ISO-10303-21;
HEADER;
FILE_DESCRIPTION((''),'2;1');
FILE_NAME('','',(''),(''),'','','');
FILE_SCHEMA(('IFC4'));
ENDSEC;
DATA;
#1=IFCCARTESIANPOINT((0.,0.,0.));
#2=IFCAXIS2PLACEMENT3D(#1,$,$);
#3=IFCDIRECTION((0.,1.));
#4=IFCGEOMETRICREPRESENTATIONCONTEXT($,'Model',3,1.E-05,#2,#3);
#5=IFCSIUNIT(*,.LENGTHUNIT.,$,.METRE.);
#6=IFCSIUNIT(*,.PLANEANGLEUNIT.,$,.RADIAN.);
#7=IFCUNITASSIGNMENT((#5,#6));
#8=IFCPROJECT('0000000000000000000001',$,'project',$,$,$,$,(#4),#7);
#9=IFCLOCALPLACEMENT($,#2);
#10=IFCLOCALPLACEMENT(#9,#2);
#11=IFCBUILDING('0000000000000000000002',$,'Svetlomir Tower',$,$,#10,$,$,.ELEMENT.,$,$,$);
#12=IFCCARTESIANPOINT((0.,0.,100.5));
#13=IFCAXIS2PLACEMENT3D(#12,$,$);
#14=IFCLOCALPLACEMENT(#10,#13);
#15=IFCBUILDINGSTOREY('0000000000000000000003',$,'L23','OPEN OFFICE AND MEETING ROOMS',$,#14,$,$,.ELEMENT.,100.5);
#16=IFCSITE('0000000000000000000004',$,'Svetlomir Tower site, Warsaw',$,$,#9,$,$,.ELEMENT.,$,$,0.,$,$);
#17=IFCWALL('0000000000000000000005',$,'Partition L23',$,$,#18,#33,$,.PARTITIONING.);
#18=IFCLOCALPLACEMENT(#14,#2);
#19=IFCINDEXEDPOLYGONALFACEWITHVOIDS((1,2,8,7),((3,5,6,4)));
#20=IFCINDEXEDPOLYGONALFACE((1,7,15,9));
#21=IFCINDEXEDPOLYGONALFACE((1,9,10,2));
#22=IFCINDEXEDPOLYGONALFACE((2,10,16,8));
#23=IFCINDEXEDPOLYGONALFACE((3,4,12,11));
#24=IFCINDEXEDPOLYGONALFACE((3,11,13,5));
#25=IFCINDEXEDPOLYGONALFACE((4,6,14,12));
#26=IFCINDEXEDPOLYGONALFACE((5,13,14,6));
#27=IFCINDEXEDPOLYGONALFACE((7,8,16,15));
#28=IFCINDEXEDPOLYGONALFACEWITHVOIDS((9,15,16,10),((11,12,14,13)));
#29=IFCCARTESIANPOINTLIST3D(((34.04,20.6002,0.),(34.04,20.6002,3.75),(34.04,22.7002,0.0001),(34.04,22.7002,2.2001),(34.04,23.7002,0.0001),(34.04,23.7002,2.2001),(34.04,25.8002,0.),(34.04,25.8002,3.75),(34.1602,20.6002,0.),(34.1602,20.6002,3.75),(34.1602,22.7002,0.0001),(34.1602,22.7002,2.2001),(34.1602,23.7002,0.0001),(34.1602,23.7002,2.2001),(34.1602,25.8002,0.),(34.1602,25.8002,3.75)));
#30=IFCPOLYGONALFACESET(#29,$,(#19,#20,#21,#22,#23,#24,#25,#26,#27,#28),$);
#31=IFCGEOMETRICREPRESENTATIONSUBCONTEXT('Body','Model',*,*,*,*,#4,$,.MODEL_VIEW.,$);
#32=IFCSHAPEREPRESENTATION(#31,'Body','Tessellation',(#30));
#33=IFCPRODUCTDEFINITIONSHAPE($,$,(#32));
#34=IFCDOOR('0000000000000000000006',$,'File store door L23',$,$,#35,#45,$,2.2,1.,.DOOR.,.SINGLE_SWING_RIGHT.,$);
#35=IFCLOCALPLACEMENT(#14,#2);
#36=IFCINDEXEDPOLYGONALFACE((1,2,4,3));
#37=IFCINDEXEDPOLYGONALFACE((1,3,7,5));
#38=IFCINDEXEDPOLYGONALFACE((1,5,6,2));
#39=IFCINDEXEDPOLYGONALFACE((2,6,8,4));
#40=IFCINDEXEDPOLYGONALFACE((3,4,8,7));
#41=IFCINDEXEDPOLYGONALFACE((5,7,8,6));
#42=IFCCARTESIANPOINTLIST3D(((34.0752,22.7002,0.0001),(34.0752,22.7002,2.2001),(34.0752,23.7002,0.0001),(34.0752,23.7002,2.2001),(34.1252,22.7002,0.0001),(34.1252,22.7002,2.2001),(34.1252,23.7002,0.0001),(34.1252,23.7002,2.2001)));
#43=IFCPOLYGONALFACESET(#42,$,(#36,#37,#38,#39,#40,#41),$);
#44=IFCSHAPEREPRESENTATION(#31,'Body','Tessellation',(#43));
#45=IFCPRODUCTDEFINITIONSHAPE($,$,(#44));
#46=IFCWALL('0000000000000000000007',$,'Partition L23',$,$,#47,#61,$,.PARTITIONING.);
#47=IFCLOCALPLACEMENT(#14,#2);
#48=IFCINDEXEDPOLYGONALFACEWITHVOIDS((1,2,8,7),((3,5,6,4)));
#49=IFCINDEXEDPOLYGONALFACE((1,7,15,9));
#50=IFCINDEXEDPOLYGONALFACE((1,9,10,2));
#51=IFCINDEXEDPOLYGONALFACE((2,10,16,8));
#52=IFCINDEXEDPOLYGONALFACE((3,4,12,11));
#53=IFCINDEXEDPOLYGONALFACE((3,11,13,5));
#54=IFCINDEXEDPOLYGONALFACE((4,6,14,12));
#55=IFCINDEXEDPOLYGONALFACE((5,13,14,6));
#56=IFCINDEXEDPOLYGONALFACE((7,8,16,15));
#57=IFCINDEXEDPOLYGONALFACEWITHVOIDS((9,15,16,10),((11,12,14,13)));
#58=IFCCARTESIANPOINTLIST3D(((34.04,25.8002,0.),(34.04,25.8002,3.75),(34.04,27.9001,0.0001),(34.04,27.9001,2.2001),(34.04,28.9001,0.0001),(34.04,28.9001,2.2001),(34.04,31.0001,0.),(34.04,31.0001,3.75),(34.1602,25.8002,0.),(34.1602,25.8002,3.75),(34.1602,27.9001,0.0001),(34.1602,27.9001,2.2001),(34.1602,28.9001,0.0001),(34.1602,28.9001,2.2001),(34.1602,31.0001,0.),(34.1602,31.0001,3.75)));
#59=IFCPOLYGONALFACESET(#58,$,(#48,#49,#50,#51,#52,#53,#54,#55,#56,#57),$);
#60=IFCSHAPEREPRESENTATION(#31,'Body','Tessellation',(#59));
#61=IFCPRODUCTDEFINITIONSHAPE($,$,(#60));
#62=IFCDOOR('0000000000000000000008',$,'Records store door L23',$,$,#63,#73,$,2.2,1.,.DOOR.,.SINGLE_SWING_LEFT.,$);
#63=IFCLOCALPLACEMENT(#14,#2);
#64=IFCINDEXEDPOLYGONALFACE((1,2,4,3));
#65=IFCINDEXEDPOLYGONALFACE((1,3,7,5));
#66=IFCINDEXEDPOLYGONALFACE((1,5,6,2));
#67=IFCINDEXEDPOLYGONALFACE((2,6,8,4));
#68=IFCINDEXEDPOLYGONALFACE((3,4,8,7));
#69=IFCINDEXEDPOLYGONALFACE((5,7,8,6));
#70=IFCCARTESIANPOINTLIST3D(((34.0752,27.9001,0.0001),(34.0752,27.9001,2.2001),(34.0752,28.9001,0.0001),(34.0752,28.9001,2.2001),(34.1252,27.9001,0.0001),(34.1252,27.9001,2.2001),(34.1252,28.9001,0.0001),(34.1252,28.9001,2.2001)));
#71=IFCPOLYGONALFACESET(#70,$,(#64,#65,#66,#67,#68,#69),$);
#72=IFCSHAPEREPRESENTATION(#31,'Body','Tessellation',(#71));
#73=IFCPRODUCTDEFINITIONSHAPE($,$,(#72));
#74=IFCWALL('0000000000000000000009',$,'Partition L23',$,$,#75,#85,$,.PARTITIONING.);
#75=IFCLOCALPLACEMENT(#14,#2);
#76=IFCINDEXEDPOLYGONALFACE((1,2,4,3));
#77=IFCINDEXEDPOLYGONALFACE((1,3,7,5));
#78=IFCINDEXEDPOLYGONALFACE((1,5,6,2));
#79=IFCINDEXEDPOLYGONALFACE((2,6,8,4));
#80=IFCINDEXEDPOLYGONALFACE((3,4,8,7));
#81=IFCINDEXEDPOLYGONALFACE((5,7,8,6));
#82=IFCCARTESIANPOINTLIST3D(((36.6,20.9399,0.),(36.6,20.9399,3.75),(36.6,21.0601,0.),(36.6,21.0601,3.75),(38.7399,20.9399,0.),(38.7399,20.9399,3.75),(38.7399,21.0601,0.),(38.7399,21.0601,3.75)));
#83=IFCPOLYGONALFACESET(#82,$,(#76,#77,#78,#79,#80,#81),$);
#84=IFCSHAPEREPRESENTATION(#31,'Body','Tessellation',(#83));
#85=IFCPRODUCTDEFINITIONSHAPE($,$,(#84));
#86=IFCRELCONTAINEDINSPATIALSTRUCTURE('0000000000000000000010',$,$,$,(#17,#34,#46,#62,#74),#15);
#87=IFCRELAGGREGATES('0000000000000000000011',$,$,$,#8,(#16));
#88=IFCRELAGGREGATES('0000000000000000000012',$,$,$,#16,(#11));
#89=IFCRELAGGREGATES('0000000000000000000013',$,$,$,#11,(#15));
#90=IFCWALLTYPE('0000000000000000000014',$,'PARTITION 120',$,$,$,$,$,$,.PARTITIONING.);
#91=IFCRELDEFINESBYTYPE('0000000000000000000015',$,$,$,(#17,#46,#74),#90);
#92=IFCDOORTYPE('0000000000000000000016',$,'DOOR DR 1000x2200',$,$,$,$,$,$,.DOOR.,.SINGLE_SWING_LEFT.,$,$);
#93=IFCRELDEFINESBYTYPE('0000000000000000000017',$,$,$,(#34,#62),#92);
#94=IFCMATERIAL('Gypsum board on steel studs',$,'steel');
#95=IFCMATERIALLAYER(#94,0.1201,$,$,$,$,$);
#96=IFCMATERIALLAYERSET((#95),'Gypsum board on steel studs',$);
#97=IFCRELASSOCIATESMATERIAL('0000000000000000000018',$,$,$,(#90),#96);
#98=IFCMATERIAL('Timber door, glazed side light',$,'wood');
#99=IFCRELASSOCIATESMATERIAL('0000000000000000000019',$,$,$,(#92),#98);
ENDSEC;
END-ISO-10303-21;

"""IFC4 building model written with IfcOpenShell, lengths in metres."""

from ifc_helpers import new_model, si_unit, direction, frame, frame_2d, origin, place, context, subcontext, project, spatial, rectangle, extrude, material, layer, layer_set, type_object, element, fill, save


model = new_model("IFC4")

# Units and contexts
model_context = context("Model", 3, precision=1e-05, world=origin(), true_north=direction((0.0, 1.0)))
body_context = subcontext(model_context, "Body", "Model", "MODEL_VIEW")
ifc_project = project(units=[si_unit("LENGTHUNIT", "METRE"), si_unit("PLANEANGLEUNIT", "RADIAN")], contexts=[model_context])

# Site, building, storey
site_placement = place(None, origin())
site = spatial("IfcSite", under=ifc_project, at=site_placement, Name="Svetlomir Tower site, Warsaw", CompositionType="ELEMENT", RefElevation=0.0)
building_placement = place(site_placement, origin())
building = spatial("IfcBuilding", under=site, at=building_placement, Name="Svetlomir Tower", CompositionType="ELEMENT")
storey_placement = place(building_placement, frame((0.0, 0.0, 100.5)))
storey = spatial("IfcBuildingStorey", under=building, at=storey_placement, Name="L23", Description="OPEN OFFICE AND MEETING ROOMS", CompositionType="ELEMENT", Elevation=100.5)

# Shared definitions
ifc_material_1 = material(Name="Gypsum board on steel studs", Category="steel")
ifc_layer_1 = layer(ifc_material_1, 0.1201)
ifc_layer_set_1 = layer_set([ifc_layer_1], Name="Gypsum board on steel studs")
wall_type_1 = type_object("IfcWallType", Name="PARTITION 120", PredefinedType="PARTITIONING", material=ifc_layer_set_1)

# Walls, openings, doors
wall_1_placement = place(storey_placement, frame((34.1001, 20.6001, 0.0), z_axis=(0.0, 0.0, 1.0), x_axis=(0.0, 1.0, 0.0)))
wall_1 = element("IfcWall", 1, at=wall_1_placement, inside=storey, type_object=wall_type_1, Name="Partition L23", PredefinedType="PARTITIONING", context=body_context, shape_type="SweptSolid", body=[
    extrude(rectangle(XDim=5.2, YDim=0.1201, at=frame_2d((2.6001, 0.0))), origin(), (0.0, 0.0, 1.0), 3.75),
])
opening_1_placement = place(wall_1_placement, frame((2.1001, 0.0, 0.0)))
opening_1 = element("IfcOpeningElement", 2, at=opening_1_placement, cuts=wall_1, PredefinedType="OPENING", context=body_context, shape_type="SweptSolid", body=[
    extrude(rectangle(XDim=1.0, YDim=2.2, at=frame_2d((0.5, 1.1001))), frame((0.0, 0.0701, 0.0), z_axis=(0.0, -1.0, 0.0), x_axis=(1.0, 0.0, 0.0)), (0.0, 0.0, 1.0), 0.1401),
])
ifc_material_2 = material(Name="Timber door, glazed side light", Category="wood")
door_type_1 = type_object("IfcDoorType", Name="DOOR DR 1000x2200", OperationType="SINGLE_SWING_LEFT", PredefinedType="DOOR", material=ifc_material_2)
door_1_placement = place(opening_1_placement, origin())
door_1 = element("IfcDoor", 3, at=door_1_placement, inside=storey, type_object=door_type_1, Name="File store door L23", OperationType="SINGLE_SWING_RIGHT", OverallHeight=2.2, OverallWidth=1.0, PredefinedType="DOOR", context=body_context, shape_type="SweptSolid", body=[
    extrude(rectangle(XDim=1.0, YDim=2.2, at=frame_2d((0.5, 1.1001))), frame((0.0, 0.0249, 0.0), z_axis=(0.0, -1.0, 0.0), x_axis=(1.0, 0.0, 0.0)), (0.0, 0.0, 1.0), 0.05),
])
fill(opening_1, door_1)
wall_2_placement = place(storey_placement, frame((34.1001, 25.8, 0.0), z_axis=(0.0, 0.0, 1.0), x_axis=(0.0, 1.0, 0.0)))
wall_2 = element("IfcWall", 4, at=wall_2_placement, inside=storey, type_object=wall_type_1, Name="Partition L23", PredefinedType="PARTITIONING", context=body_context, shape_type="SweptSolid", body=[
    extrude(rectangle(XDim=5.2, YDim=0.1201, at=frame_2d((2.6001, 0.0))), origin(), (0.0, 0.0, 1.0), 3.75),
])
opening_2_placement = place(wall_2_placement, frame((2.1001, 0.0, 0.0)))
opening_2 = element("IfcOpeningElement", 5, at=opening_2_placement, cuts=wall_2, PredefinedType="OPENING", context=body_context, shape_type="SweptSolid", body=[
    extrude(rectangle(XDim=1.0, YDim=2.2, at=frame_2d((0.5, 1.1001))), frame((0.0, 0.0701, 0.0), z_axis=(0.0, -1.0, 0.0), x_axis=(1.0, 0.0, 0.0)), (0.0, 0.0, 1.0), 0.1401),
])
door_2_placement = place(opening_2_placement, origin())
door_2 = element("IfcDoor", 6, at=door_2_placement, inside=storey, type_object=door_type_1, Name="Records store door L23", OperationType="SINGLE_SWING_LEFT", OverallHeight=2.2, OverallWidth=1.0, PredefinedType="DOOR", context=body_context, shape_type="SweptSolid", body=[
    extrude(rectangle(XDim=1.0, YDim=2.2, at=frame_2d((0.5, 1.1001))), frame((0.0, 0.0249, 0.0), z_axis=(0.0, -1.0, 0.0), x_axis=(1.0, 0.0, 0.0)), (0.0, 0.0, 1.0), 0.05),
])
fill(opening_2, door_2)

# Wall
wall_3_placement = place(storey_placement, frame((36.6001, 21.0, 0.0), z_axis=(0.0, 0.0, 1.0), x_axis=(1.0, 0.0, 0.0)))
element("IfcWall", 7, at=wall_3_placement, inside=storey, type_object=wall_type_1, Name="Partition L23", PredefinedType="PARTITIONING", context=body_context, shape_type="SweptSolid", body=[
    extrude(rectangle(XDim=2.1399, YDim=0.1201, at=frame_2d((1.0698, 0.0))), origin(), (0.0, 0.0, 1.0), 3.75),
])

save(model, "model.ifc")
